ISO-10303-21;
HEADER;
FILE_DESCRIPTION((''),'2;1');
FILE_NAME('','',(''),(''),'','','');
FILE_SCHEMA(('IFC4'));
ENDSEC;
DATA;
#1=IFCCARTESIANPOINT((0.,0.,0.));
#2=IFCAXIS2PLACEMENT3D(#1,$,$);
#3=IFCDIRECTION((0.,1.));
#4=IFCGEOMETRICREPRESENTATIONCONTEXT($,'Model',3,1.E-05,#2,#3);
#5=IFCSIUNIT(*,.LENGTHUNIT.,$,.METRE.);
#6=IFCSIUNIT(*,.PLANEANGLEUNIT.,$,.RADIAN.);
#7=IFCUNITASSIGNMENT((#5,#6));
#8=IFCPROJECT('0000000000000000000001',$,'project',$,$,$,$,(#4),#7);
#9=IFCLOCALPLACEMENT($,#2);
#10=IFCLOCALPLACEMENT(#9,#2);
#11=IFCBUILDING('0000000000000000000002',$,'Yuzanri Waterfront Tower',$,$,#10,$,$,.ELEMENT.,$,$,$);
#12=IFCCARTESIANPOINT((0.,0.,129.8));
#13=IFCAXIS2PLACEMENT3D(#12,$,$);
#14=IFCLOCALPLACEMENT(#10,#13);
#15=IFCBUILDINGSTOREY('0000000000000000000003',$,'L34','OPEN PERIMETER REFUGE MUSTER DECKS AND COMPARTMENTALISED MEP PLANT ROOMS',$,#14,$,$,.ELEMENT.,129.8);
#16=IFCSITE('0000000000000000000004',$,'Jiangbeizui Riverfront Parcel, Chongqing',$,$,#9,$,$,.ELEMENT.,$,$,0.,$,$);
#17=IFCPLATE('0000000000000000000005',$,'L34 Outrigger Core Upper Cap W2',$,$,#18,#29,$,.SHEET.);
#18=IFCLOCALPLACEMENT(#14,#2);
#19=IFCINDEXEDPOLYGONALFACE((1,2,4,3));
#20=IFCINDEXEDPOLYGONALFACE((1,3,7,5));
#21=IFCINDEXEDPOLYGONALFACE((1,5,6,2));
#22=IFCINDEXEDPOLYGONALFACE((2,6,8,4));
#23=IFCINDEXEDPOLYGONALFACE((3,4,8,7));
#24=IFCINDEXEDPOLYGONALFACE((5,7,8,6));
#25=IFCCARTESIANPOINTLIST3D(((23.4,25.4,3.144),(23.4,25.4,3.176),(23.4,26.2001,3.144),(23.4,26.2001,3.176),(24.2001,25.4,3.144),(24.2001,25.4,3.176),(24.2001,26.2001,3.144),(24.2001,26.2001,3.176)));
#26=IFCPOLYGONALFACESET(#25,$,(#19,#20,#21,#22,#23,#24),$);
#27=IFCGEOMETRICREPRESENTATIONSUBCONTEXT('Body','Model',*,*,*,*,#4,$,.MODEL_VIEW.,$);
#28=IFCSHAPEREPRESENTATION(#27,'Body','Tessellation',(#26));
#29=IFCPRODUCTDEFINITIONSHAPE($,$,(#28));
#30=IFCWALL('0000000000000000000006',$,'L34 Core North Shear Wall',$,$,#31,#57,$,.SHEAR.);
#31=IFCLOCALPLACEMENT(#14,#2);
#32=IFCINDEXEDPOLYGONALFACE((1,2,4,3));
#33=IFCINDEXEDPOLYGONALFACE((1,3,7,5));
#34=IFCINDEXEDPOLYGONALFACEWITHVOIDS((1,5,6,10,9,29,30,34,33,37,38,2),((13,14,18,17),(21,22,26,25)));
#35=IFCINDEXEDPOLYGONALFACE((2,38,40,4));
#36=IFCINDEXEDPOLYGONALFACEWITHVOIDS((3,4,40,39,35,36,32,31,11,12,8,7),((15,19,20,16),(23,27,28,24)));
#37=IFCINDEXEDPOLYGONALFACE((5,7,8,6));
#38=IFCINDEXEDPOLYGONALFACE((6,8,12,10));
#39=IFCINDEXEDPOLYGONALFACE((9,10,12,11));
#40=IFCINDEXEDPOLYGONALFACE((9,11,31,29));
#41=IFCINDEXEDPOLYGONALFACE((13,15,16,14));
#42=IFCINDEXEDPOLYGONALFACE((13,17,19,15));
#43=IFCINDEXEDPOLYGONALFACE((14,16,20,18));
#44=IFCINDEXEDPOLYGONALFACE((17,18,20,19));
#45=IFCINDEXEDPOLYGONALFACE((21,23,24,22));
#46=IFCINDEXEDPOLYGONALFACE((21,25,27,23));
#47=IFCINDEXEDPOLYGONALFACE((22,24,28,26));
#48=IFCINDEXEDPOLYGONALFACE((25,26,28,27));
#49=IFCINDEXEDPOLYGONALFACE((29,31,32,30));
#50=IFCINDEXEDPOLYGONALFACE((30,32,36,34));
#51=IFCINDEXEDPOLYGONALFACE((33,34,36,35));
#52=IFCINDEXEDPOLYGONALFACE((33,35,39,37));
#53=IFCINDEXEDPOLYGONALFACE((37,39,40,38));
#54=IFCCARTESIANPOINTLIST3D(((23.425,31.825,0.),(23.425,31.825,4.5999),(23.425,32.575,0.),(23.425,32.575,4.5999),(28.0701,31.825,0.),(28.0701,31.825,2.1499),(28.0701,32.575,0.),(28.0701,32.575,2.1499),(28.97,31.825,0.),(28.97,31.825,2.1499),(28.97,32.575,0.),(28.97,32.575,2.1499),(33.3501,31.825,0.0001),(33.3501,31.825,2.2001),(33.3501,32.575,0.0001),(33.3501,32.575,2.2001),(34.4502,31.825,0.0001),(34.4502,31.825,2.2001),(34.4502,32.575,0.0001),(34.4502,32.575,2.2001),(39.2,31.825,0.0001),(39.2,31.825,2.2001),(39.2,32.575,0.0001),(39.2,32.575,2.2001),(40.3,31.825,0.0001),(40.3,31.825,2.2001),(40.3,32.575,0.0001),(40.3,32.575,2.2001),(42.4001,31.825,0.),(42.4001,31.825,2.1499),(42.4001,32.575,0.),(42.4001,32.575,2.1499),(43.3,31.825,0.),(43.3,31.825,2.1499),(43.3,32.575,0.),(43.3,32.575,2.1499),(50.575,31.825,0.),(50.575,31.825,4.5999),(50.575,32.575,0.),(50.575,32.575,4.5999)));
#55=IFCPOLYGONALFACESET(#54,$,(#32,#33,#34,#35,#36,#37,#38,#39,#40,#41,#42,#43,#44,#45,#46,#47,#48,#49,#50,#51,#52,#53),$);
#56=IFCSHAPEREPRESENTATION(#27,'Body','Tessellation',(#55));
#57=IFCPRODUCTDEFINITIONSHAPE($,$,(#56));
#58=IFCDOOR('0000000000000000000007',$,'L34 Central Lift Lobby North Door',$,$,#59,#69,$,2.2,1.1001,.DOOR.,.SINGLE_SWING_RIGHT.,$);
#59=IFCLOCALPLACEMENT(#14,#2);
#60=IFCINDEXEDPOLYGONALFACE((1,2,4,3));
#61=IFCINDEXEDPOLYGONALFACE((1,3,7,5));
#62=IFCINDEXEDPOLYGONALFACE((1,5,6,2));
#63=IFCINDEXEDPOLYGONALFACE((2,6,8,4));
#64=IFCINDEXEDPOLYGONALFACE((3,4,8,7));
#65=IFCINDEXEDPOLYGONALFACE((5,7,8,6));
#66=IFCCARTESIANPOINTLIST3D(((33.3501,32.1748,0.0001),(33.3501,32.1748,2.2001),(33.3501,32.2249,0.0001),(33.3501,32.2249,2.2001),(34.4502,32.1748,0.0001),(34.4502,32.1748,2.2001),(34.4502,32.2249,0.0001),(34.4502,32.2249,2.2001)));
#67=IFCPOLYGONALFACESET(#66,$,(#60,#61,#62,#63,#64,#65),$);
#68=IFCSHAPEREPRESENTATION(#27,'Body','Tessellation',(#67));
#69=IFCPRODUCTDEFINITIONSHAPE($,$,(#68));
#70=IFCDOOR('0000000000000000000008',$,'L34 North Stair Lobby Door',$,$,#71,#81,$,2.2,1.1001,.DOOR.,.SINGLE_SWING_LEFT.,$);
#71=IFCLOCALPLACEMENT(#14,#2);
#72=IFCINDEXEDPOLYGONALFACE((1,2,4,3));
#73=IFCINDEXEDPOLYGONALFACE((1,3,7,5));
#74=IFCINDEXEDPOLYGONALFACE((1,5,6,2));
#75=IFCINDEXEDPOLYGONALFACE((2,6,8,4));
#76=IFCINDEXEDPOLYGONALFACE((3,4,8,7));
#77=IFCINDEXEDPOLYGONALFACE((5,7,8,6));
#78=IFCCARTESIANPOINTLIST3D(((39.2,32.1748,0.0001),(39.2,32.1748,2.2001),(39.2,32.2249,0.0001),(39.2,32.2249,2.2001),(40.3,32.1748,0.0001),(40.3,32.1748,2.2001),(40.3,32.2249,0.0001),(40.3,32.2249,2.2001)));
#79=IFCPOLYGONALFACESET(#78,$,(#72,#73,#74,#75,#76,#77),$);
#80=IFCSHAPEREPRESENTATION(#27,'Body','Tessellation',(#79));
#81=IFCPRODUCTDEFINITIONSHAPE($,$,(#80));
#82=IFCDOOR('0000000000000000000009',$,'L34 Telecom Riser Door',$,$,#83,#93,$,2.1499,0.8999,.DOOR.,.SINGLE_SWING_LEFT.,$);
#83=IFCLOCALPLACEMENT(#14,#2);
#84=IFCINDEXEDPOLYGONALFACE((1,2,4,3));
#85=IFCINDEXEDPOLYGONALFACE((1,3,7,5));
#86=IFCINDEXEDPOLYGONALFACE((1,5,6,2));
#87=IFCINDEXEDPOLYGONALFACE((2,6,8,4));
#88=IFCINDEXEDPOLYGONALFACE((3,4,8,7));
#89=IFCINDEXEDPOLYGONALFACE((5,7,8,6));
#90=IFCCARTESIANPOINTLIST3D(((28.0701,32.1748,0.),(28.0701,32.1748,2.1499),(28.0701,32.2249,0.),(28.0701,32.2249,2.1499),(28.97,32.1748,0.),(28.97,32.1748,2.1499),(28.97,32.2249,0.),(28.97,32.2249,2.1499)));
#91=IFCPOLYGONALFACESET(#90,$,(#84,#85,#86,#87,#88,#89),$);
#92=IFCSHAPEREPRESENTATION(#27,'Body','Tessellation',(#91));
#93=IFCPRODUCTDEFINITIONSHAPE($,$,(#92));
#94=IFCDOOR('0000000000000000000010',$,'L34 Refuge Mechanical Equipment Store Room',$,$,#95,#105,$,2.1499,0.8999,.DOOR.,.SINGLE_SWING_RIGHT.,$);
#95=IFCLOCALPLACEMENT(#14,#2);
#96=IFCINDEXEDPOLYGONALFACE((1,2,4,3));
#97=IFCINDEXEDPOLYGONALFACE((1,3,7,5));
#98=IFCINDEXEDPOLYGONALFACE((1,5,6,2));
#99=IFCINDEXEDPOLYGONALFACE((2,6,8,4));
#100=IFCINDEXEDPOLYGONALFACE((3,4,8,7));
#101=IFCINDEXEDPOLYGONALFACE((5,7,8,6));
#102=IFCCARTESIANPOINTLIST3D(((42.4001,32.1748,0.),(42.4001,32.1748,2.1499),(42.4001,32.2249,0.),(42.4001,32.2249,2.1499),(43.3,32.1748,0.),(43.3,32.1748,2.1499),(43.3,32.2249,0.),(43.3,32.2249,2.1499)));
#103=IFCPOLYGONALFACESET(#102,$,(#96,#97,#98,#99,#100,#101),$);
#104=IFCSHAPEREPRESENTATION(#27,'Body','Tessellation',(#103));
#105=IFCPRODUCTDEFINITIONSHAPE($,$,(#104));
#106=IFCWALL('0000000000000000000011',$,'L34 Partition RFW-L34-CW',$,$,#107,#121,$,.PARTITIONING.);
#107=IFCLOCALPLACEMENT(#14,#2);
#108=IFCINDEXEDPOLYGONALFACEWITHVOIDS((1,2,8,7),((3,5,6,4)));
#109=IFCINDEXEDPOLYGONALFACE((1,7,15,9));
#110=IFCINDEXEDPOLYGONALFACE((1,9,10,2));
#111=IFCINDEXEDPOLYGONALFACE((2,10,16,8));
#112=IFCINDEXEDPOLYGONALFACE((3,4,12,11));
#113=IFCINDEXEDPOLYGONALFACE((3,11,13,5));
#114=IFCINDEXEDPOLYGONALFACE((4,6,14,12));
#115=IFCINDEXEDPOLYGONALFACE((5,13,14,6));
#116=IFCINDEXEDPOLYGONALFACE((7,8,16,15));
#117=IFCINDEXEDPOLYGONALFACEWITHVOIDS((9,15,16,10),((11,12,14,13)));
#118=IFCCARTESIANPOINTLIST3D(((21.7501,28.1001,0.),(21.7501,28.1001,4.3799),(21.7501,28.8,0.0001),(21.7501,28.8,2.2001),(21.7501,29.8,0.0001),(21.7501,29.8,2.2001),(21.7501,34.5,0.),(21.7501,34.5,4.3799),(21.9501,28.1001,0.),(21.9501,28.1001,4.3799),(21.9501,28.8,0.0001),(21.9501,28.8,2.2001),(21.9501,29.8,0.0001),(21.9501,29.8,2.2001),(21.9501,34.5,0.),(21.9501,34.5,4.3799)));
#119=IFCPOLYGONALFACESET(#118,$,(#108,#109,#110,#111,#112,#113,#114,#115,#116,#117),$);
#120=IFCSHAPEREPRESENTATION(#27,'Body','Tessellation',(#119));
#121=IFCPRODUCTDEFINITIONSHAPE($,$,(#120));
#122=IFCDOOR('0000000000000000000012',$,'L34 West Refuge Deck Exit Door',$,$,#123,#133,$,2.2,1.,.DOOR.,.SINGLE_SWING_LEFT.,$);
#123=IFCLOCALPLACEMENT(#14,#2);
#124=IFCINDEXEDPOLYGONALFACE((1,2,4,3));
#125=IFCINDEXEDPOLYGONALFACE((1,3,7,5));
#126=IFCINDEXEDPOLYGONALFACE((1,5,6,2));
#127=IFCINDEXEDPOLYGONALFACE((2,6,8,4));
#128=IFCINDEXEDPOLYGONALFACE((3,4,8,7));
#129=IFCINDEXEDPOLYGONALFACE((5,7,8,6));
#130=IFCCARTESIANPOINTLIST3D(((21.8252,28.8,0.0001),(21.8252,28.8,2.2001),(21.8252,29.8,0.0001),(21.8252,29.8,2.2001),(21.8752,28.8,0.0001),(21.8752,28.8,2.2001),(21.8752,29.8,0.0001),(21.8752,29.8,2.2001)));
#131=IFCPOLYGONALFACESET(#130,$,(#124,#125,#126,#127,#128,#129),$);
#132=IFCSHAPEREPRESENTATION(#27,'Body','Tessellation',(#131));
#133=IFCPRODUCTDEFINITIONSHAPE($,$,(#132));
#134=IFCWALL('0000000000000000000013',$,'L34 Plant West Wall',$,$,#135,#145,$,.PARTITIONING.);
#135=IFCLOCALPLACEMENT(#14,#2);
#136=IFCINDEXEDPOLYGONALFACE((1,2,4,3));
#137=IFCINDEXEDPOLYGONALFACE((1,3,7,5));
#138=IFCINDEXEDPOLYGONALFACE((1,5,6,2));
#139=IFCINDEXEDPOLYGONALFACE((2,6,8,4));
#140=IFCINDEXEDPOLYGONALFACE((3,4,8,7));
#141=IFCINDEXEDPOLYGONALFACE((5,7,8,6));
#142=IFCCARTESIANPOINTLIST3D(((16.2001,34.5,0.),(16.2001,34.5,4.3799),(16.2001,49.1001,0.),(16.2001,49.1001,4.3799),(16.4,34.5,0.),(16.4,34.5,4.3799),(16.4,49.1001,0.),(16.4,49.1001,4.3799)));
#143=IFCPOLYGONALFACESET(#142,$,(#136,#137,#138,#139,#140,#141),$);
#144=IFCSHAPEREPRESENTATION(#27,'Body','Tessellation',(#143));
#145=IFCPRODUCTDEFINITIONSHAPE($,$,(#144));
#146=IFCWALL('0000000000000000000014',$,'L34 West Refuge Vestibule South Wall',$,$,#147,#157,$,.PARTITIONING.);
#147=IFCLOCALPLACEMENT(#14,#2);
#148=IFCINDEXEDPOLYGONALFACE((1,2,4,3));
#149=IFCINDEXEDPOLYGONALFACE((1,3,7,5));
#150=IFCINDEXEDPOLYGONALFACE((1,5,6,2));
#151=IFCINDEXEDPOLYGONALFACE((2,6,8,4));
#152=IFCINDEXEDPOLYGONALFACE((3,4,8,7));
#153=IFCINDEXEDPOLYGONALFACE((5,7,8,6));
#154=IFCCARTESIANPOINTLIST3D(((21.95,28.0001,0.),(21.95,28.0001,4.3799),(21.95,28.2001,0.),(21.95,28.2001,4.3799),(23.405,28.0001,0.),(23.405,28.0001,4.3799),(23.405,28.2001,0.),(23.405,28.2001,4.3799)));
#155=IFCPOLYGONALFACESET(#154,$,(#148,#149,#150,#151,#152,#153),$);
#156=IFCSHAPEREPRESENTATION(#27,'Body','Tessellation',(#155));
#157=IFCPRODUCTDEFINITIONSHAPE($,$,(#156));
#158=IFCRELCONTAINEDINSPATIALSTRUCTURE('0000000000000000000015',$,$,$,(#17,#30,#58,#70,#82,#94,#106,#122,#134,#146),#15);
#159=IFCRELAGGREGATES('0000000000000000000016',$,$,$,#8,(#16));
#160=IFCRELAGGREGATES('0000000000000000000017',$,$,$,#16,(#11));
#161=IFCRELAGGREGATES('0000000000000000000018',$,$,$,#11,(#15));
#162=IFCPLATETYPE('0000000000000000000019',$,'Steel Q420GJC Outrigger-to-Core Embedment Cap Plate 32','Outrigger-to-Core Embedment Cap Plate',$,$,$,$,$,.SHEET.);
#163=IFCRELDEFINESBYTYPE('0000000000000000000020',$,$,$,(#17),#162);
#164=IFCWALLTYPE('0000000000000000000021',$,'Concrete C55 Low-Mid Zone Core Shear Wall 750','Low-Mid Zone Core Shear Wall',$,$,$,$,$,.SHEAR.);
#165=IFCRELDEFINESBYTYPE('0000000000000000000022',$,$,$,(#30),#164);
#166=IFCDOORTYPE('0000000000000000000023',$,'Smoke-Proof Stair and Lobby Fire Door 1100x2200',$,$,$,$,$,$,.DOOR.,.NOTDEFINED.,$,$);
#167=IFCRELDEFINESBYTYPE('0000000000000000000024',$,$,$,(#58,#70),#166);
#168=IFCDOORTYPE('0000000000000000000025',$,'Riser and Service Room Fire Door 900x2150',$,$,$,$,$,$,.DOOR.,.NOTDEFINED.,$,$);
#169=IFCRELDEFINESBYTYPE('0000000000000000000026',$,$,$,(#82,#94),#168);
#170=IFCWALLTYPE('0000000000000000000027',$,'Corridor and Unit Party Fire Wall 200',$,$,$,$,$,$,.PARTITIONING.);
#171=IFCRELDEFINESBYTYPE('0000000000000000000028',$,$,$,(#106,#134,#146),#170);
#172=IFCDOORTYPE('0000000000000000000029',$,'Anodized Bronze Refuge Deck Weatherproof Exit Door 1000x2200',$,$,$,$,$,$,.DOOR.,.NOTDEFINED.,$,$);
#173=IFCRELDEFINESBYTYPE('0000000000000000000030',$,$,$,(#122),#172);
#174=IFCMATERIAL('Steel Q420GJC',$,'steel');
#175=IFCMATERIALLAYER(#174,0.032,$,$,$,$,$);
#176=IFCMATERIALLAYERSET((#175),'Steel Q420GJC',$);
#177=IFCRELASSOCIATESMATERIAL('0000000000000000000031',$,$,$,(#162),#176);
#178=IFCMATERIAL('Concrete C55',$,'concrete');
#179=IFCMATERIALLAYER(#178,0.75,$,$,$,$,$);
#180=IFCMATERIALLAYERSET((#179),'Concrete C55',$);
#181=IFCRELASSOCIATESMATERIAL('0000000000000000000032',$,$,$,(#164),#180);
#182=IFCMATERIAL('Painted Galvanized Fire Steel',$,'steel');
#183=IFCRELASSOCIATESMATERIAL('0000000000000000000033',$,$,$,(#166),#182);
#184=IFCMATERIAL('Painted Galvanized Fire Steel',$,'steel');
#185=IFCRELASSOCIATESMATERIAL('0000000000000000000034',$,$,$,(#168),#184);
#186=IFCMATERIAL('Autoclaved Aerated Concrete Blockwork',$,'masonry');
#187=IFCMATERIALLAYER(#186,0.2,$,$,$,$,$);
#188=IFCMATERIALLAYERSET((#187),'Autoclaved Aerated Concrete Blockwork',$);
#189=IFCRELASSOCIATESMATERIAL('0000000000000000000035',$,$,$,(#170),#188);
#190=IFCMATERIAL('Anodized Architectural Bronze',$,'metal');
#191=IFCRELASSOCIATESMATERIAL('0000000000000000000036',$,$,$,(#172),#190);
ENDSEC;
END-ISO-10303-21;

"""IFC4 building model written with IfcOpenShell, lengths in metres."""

from ifc_helpers import new_model, si_unit, direction, frame, frame_2d, origin, origin_2d, place, context, subcontext, project, spatial, rectangle, extrude, source, transform, mapped, material, layer, layer_set, type_object, element, fill, save


model = new_model("IFC4")

# Units and contexts
model_context = context("Model", 3, precision=1e-05, world=origin(), true_north=direction((0.0, 1.0)))
body_context = subcontext(model_context, "Body", "Model", "MODEL_VIEW")
ifc_project = project(units=[si_unit("LENGTHUNIT", "METRE"), si_unit("PLANEANGLEUNIT", "RADIAN")], contexts=[model_context])

# Site, building, storey
site_placement = place(None, origin())
site = spatial("IfcSite", under=ifc_project, at=site_placement, Name="Jiangbeizui Riverfront Parcel, Chongqing", CompositionType="ELEMENT", RefElevation=0.0)
building_placement = place(site_placement, origin())
building = spatial("IfcBuilding", under=site, at=building_placement, Name="Yuzanri Waterfront Tower", CompositionType="ELEMENT")
storey_placement = place(building_placement, frame((0.0, 0.0, 129.8)))
storey = spatial("IfcBuildingStorey", under=building, at=storey_placement, Name="L34", Description="OPEN PERIMETER REFUGE MUSTER DECKS AND COMPARTMENTALISED MEP PLANT ROOMS", CompositionType="ELEMENT", Elevation=129.8)

# Plate
ifc_material_1 = material(Name="Steel Q420GJC", Category="steel")
ifc_layer_1 = layer(ifc_material_1, 0.032)
ifc_layer_set_1 = layer_set([ifc_layer_1], Name="Steel Q420GJC")
plate_type = type_object("IfcPlateType", Name="Steel Q420GJC Outrigger-to-Core Embedment Cap Plate 32", Description="Outrigger-to-Core Embedment Cap Plate", PredefinedType="SHEET", material=ifc_layer_set_1)
shared_shape_1 = source(origin(), body_context, "Body", "SweptSolid", [
    extrude(rectangle(XDim=0.8, YDim=0.8, at=origin_2d()), origin(), (0.0, 0.0, 1.0), 0.032),
])
for number, where, z_axis, x_axis, name in (
    (1, (23.8, 25.8, 3.144), (0.0, 0.0, 1.0), (1.0, 0.0, 0.0), "L34 Outrigger Core Upper Cap W2"),
):
    element("IfcPlate", number, at=place(storey_placement, frame(where, z_axis=z_axis, x_axis=x_axis)), inside=storey, type_object=plate_type, Name=name, PredefinedType="SHEET", context=body_context, shape_type="MappedRepresentation", body=[
        mapped(shared_shape_1, transform((0.0, 0.0, 0.0), scale=1.0)),
    ])

# Wall, openings, doors
ifc_material_2 = material(Name="Concrete C55", Category="concrete")
ifc_layer_2 = layer(ifc_material_2, 0.75)
ifc_layer_set_2 = layer_set([ifc_layer_2], Name="Concrete C55")
wall_type_1 = type_object("IfcWallType", Name="Concrete C55 Low-Mid Zone Core Shear Wall 750", Description="Low-Mid Zone Core Shear Wall", PredefinedType="SHEAR", material=ifc_layer_set_2)
wall_1_placement = place(storey_placement, frame((23.425, 32.2, 0.0), z_axis=(0.0, 0.0, 1.0), x_axis=(1.0, 0.0, 0.0)))
wall_1 = element("IfcWall", 2, at=wall_1_placement, inside=storey, type_object=wall_type_1, Name="L34 Core North Shear Wall", PredefinedType="SHEAR", context=body_context, shape_type="SweptSolid", body=[
    extrude(rectangle(XDim=27.1499, YDim=0.75, at=frame_2d((13.575, 0.0))), origin(), (0.0, 0.0, 1.0), 4.5999),
])
opening_1_placement = place(wall_1_placement, frame((4.645, 0.0, 0.0)))
opening_1 = element("IfcOpeningElement", 3, at=opening_1_placement, cuts=wall_1, PredefinedType="OPENING", context=body_context, shape_type="SweptSolid", body=[
    extrude(rectangle(XDim=0.8999, YDim=2.1499, at=frame_2d((0.45, 1.075))), frame((0.0, 0.3899, 0.0), z_axis=(0.0, -1.0, 0.0), x_axis=(1.0, 0.0, 0.0)), (0.0, 0.0, 1.0), 0.7798),
])
opening_2_placement = place(wall_1_placement, frame((9.925, 0.0, 0.0)))
opening_2 = element("IfcOpeningElement", 4, at=opening_2_placement, cuts=wall_1, PredefinedType="OPENING", context=body_context, shape_type="SweptSolid", body=[
    extrude(rectangle(XDim=1.1001, YDim=2.2, at=frame_2d((0.55, 1.1001))), frame((0.0, 0.3899, 0.0), z_axis=(0.0, -1.0, 0.0), x_axis=(1.0, 0.0, 0.0)), (0.0, 0.0, 1.0), 0.7798),
])
opening_3_placement = place(wall_1_placement, frame((15.7749, 0.0, 0.0)))
opening_3 = element("IfcOpeningElement", 5, at=opening_3_placement, cuts=wall_1, PredefinedType="OPENING", context=body_context, shape_type="SweptSolid", body=[
    extrude(rectangle(XDim=1.1001, YDim=2.2, at=frame_2d((0.55, 1.1001))), frame((0.0, 0.3899, 0.0), z_axis=(0.0, -1.0, 0.0), x_axis=(1.0, 0.0, 0.0)), (0.0, 0.0, 1.0), 0.7798),
])
opening_4_placement = place(wall_1_placement, frame((18.9751, 0.0, 0.0)))
opening_4 = element("IfcOpeningElement", 6, at=opening_4_placement, cuts=wall_1, PredefinedType="OPENING", context=body_context, shape_type="SweptSolid", body=[
    extrude(rectangle(XDim=0.8999, YDim=2.1499, at=frame_2d((0.45, 1.075))), frame((0.0, 0.3899, 0.0), z_axis=(0.0, -1.0, 0.0), x_axis=(1.0, 0.0, 0.0)), (0.0, 0.0, 1.0), 0.7798),
])
ifc_material_3 = material(Name="Painted Galvanized Fire Steel", Category="steel")
door_type_1 = type_object("IfcDoorType", Name="Smoke-Proof Stair and Lobby Fire Door 1100x2200", OperationType="NOTDEFINED", PredefinedType="DOOR", material=ifc_material_3)
shared_shape_2 = source(origin(), body_context, "Body", "SweptSolid", [
    extrude(rectangle(XDim=1.1001, YDim=2.2, at=frame_2d((0.55, 1.1001))), frame((0.0, 0.0249, 0.0), z_axis=(0.0, -1.0, 0.0), x_axis=(1.0, 0.0, 0.0)), (0.0, 0.0, 1.0), 0.05),
])
door_1_placement = place(opening_2_placement, origin())
door_1 = element("IfcDoor", 7, at=door_1_placement, inside=storey, type_object=door_type_1, Name="L34 Central Lift Lobby North Door", OperationType="SINGLE_SWING_RIGHT", OverallHeight=2.2, OverallWidth=1.1001, PredefinedType="DOOR", context=body_context, shape_type="MappedRepresentation", body=[
    mapped(shared_shape_2, transform((0.0, 0.0, 0.0), scale=1.0)),
])
fill(opening_2, door_1)
door_2_placement = place(opening_3_placement, origin())
door_2 = element("IfcDoor", 8, at=door_2_placement, inside=storey, type_object=door_type_1, Name="L34 North Stair Lobby Door", OperationType="SINGLE_SWING_LEFT", OverallHeight=2.2, OverallWidth=1.1001, PredefinedType="DOOR", context=body_context, shape_type="MappedRepresentation", body=[
    mapped(shared_shape_2, transform((0.0, 0.0, 0.0), scale=1.0)),
])
fill(opening_3, door_2)
ifc_material_4 = material(Name="Painted Galvanized Fire Steel", Category="steel")
door_type_2 = type_object("IfcDoorType", Name="Riser and Service Room Fire Door 900x2150", OperationType="NOTDEFINED", PredefinedType="DOOR", material=ifc_material_4)
shared_shape_3 = source(origin(), body_context, "Body", "SweptSolid", [
    extrude(rectangle(XDim=0.8999, YDim=2.1499, at=frame_2d((0.45, 1.075))), frame((0.0, 0.0249, 0.0), z_axis=(0.0, -1.0, 0.0), x_axis=(1.0, 0.0, 0.0)), (0.0, 0.0, 1.0), 0.05),
])
door_3_placement = place(opening_1_placement, origin())
door_3 = element("IfcDoor", 9, at=door_3_placement, inside=storey, type_object=door_type_2, Name="L34 Telecom Riser Door", OperationType="SINGLE_SWING_LEFT", OverallHeight=2.1499, OverallWidth=0.8999, PredefinedType="DOOR", context=body_context, shape_type="MappedRepresentation", body=[
    mapped(shared_shape_3, transform((0.0, 0.0, 0.0), scale=1.0)),
])
fill(opening_1, door_3)
door_4_placement = place(opening_4_placement, origin())
door_4 = element("IfcDoor", 10, at=door_4_placement, inside=storey, type_object=door_type_2, Name="L34 Refuge Mechanical Equipment Store Room", OperationType="SINGLE_SWING_RIGHT", OverallHeight=2.1499, OverallWidth=0.8999, PredefinedType="DOOR", context=body_context, shape_type="MappedRepresentation", body=[
    mapped(shared_shape_3, transform((0.0, 0.0, 0.0), scale=1.0)),
])
fill(opening_4, door_4)

# Wall, opening, door
ifc_material_5 = material(Name="Autoclaved Aerated Concrete Blockwork", Category="masonry")
ifc_layer_3 = layer(ifc_material_5, 0.2)
ifc_layer_set_3 = layer_set([ifc_layer_3], Name="Autoclaved Aerated Concrete Blockwork")
wall_type_2 = type_object("IfcWallType", Name="Corridor and Unit Party Fire Wall 200", PredefinedType="PARTITIONING", material=ifc_layer_set_3)
wall_2_placement = place(storey_placement, frame((21.8501, 28.1001, 0.0), z_axis=(0.0, 0.0, 1.0), x_axis=(0.0, 1.0, 0.0)))
wall_2 = element("IfcWall", 11, at=wall_2_placement, inside=storey, type_object=wall_type_2, Name="L34 Partition RFW-L34-CW", PredefinedType="PARTITIONING", context=body_context, shape_type="SweptSolid", body=[
    extrude(rectangle(XDim=6.3999, YDim=0.2, at=frame_2d((3.2, 0.0))), origin(), (0.0, 0.0, 1.0), 4.3799),
])
opening_5_placement = place(wall_2_placement, frame((0.7, 0.0, 0.0)))
opening_5 = element("IfcOpeningElement", 12, at=opening_5_placement, cuts=wall_2, PredefinedType="OPENING", context=body_context, shape_type="SweptSolid", body=[
    extrude(rectangle(XDim=1.0, YDim=2.2, at=frame_2d((0.5, 1.1001))), frame((0.0, 0.1147, 0.0), z_axis=(0.0, -1.0, 0.0), x_axis=(1.0, 0.0, 0.0)), (0.0, 0.0, 1.0), 0.2297),
])
ifc_material_6 = material(Name="Anodized Architectural Bronze", Category="metal")
door_type_3 = type_object("IfcDoorType", Name="Anodized Bronze Refuge Deck Weatherproof Exit Door 1000x2200", OperationType="NOTDEFINED", PredefinedType="DOOR", material=ifc_material_6)
shared_shape_4 = source(origin(), body_context, "Body", "SweptSolid", [
    extrude(rectangle(XDim=1.0, YDim=2.2, at=frame_2d((0.5, 1.1001))), frame((0.0, 0.0249, 0.0), z_axis=(0.0, -1.0, 0.0), x_axis=(1.0, 0.0, 0.0)), (0.0, 0.0, 1.0), 0.05),
])
door_5_placement = place(opening_5_placement, origin())
door_5 = element("IfcDoor", 13, at=door_5_placement, inside=storey, type_object=door_type_3, Name="L34 West Refuge Deck Exit Door", OperationType="SINGLE_SWING_LEFT", OverallHeight=2.2, OverallWidth=1.0, PredefinedType="DOOR", context=body_context, shape_type="MappedRepresentation", body=[
    mapped(shared_shape_4, transform((0.0, 0.0, 0.0), scale=1.0)),
])
fill(opening_5, door_5)

# Walls
shared_shape_5 = source(origin(), body_context, "Body", "SweptSolid", [
    extrude(rectangle(XDim=14.6001, YDim=0.2, at=frame_2d((7.3, 0.0))), origin(), (0.0, 0.0, 1.0), 4.3799),
])
wall_3_placement = place(storey_placement, frame((16.3, 34.5, 0.0), z_axis=(0.0, 0.0, 1.0), x_axis=(0.0, 1.0, 0.0)))
element("IfcWall", 14, at=wall_3_placement, inside=storey, type_object=wall_type_2, Name="L34 Plant West Wall", PredefinedType="PARTITIONING", context=body_context, shape_type="MappedRepresentation", body=[
    mapped(shared_shape_5, transform((0.0, 0.0, 0.0), scale=1.0)),
])
shared_shape_6 = source(origin(), body_context, "Body", "SweptSolid", [
    extrude(rectangle(XDim=1.4551, YDim=0.2, at=frame_2d((0.7275, 0.0))), origin(), (0.0, 0.0, 1.0), 4.3799),
])
wall_4_placement = place(storey_placement, frame((21.95, 28.1001, 0.0), z_axis=(0.0, 0.0, 1.0), x_axis=(1.0, 0.0, 0.0)))
element("IfcWall", 15, at=wall_4_placement, inside=storey, type_object=wall_type_2, Name="L34 West Refuge Vestibule South Wall", PredefinedType="PARTITIONING", context=body_context, shape_type="MappedRepresentation", body=[
    mapped(shared_shape_6, transform((0.0, 0.0, 0.0), scale=1.0)),
])

save(model, "model.ifc")
